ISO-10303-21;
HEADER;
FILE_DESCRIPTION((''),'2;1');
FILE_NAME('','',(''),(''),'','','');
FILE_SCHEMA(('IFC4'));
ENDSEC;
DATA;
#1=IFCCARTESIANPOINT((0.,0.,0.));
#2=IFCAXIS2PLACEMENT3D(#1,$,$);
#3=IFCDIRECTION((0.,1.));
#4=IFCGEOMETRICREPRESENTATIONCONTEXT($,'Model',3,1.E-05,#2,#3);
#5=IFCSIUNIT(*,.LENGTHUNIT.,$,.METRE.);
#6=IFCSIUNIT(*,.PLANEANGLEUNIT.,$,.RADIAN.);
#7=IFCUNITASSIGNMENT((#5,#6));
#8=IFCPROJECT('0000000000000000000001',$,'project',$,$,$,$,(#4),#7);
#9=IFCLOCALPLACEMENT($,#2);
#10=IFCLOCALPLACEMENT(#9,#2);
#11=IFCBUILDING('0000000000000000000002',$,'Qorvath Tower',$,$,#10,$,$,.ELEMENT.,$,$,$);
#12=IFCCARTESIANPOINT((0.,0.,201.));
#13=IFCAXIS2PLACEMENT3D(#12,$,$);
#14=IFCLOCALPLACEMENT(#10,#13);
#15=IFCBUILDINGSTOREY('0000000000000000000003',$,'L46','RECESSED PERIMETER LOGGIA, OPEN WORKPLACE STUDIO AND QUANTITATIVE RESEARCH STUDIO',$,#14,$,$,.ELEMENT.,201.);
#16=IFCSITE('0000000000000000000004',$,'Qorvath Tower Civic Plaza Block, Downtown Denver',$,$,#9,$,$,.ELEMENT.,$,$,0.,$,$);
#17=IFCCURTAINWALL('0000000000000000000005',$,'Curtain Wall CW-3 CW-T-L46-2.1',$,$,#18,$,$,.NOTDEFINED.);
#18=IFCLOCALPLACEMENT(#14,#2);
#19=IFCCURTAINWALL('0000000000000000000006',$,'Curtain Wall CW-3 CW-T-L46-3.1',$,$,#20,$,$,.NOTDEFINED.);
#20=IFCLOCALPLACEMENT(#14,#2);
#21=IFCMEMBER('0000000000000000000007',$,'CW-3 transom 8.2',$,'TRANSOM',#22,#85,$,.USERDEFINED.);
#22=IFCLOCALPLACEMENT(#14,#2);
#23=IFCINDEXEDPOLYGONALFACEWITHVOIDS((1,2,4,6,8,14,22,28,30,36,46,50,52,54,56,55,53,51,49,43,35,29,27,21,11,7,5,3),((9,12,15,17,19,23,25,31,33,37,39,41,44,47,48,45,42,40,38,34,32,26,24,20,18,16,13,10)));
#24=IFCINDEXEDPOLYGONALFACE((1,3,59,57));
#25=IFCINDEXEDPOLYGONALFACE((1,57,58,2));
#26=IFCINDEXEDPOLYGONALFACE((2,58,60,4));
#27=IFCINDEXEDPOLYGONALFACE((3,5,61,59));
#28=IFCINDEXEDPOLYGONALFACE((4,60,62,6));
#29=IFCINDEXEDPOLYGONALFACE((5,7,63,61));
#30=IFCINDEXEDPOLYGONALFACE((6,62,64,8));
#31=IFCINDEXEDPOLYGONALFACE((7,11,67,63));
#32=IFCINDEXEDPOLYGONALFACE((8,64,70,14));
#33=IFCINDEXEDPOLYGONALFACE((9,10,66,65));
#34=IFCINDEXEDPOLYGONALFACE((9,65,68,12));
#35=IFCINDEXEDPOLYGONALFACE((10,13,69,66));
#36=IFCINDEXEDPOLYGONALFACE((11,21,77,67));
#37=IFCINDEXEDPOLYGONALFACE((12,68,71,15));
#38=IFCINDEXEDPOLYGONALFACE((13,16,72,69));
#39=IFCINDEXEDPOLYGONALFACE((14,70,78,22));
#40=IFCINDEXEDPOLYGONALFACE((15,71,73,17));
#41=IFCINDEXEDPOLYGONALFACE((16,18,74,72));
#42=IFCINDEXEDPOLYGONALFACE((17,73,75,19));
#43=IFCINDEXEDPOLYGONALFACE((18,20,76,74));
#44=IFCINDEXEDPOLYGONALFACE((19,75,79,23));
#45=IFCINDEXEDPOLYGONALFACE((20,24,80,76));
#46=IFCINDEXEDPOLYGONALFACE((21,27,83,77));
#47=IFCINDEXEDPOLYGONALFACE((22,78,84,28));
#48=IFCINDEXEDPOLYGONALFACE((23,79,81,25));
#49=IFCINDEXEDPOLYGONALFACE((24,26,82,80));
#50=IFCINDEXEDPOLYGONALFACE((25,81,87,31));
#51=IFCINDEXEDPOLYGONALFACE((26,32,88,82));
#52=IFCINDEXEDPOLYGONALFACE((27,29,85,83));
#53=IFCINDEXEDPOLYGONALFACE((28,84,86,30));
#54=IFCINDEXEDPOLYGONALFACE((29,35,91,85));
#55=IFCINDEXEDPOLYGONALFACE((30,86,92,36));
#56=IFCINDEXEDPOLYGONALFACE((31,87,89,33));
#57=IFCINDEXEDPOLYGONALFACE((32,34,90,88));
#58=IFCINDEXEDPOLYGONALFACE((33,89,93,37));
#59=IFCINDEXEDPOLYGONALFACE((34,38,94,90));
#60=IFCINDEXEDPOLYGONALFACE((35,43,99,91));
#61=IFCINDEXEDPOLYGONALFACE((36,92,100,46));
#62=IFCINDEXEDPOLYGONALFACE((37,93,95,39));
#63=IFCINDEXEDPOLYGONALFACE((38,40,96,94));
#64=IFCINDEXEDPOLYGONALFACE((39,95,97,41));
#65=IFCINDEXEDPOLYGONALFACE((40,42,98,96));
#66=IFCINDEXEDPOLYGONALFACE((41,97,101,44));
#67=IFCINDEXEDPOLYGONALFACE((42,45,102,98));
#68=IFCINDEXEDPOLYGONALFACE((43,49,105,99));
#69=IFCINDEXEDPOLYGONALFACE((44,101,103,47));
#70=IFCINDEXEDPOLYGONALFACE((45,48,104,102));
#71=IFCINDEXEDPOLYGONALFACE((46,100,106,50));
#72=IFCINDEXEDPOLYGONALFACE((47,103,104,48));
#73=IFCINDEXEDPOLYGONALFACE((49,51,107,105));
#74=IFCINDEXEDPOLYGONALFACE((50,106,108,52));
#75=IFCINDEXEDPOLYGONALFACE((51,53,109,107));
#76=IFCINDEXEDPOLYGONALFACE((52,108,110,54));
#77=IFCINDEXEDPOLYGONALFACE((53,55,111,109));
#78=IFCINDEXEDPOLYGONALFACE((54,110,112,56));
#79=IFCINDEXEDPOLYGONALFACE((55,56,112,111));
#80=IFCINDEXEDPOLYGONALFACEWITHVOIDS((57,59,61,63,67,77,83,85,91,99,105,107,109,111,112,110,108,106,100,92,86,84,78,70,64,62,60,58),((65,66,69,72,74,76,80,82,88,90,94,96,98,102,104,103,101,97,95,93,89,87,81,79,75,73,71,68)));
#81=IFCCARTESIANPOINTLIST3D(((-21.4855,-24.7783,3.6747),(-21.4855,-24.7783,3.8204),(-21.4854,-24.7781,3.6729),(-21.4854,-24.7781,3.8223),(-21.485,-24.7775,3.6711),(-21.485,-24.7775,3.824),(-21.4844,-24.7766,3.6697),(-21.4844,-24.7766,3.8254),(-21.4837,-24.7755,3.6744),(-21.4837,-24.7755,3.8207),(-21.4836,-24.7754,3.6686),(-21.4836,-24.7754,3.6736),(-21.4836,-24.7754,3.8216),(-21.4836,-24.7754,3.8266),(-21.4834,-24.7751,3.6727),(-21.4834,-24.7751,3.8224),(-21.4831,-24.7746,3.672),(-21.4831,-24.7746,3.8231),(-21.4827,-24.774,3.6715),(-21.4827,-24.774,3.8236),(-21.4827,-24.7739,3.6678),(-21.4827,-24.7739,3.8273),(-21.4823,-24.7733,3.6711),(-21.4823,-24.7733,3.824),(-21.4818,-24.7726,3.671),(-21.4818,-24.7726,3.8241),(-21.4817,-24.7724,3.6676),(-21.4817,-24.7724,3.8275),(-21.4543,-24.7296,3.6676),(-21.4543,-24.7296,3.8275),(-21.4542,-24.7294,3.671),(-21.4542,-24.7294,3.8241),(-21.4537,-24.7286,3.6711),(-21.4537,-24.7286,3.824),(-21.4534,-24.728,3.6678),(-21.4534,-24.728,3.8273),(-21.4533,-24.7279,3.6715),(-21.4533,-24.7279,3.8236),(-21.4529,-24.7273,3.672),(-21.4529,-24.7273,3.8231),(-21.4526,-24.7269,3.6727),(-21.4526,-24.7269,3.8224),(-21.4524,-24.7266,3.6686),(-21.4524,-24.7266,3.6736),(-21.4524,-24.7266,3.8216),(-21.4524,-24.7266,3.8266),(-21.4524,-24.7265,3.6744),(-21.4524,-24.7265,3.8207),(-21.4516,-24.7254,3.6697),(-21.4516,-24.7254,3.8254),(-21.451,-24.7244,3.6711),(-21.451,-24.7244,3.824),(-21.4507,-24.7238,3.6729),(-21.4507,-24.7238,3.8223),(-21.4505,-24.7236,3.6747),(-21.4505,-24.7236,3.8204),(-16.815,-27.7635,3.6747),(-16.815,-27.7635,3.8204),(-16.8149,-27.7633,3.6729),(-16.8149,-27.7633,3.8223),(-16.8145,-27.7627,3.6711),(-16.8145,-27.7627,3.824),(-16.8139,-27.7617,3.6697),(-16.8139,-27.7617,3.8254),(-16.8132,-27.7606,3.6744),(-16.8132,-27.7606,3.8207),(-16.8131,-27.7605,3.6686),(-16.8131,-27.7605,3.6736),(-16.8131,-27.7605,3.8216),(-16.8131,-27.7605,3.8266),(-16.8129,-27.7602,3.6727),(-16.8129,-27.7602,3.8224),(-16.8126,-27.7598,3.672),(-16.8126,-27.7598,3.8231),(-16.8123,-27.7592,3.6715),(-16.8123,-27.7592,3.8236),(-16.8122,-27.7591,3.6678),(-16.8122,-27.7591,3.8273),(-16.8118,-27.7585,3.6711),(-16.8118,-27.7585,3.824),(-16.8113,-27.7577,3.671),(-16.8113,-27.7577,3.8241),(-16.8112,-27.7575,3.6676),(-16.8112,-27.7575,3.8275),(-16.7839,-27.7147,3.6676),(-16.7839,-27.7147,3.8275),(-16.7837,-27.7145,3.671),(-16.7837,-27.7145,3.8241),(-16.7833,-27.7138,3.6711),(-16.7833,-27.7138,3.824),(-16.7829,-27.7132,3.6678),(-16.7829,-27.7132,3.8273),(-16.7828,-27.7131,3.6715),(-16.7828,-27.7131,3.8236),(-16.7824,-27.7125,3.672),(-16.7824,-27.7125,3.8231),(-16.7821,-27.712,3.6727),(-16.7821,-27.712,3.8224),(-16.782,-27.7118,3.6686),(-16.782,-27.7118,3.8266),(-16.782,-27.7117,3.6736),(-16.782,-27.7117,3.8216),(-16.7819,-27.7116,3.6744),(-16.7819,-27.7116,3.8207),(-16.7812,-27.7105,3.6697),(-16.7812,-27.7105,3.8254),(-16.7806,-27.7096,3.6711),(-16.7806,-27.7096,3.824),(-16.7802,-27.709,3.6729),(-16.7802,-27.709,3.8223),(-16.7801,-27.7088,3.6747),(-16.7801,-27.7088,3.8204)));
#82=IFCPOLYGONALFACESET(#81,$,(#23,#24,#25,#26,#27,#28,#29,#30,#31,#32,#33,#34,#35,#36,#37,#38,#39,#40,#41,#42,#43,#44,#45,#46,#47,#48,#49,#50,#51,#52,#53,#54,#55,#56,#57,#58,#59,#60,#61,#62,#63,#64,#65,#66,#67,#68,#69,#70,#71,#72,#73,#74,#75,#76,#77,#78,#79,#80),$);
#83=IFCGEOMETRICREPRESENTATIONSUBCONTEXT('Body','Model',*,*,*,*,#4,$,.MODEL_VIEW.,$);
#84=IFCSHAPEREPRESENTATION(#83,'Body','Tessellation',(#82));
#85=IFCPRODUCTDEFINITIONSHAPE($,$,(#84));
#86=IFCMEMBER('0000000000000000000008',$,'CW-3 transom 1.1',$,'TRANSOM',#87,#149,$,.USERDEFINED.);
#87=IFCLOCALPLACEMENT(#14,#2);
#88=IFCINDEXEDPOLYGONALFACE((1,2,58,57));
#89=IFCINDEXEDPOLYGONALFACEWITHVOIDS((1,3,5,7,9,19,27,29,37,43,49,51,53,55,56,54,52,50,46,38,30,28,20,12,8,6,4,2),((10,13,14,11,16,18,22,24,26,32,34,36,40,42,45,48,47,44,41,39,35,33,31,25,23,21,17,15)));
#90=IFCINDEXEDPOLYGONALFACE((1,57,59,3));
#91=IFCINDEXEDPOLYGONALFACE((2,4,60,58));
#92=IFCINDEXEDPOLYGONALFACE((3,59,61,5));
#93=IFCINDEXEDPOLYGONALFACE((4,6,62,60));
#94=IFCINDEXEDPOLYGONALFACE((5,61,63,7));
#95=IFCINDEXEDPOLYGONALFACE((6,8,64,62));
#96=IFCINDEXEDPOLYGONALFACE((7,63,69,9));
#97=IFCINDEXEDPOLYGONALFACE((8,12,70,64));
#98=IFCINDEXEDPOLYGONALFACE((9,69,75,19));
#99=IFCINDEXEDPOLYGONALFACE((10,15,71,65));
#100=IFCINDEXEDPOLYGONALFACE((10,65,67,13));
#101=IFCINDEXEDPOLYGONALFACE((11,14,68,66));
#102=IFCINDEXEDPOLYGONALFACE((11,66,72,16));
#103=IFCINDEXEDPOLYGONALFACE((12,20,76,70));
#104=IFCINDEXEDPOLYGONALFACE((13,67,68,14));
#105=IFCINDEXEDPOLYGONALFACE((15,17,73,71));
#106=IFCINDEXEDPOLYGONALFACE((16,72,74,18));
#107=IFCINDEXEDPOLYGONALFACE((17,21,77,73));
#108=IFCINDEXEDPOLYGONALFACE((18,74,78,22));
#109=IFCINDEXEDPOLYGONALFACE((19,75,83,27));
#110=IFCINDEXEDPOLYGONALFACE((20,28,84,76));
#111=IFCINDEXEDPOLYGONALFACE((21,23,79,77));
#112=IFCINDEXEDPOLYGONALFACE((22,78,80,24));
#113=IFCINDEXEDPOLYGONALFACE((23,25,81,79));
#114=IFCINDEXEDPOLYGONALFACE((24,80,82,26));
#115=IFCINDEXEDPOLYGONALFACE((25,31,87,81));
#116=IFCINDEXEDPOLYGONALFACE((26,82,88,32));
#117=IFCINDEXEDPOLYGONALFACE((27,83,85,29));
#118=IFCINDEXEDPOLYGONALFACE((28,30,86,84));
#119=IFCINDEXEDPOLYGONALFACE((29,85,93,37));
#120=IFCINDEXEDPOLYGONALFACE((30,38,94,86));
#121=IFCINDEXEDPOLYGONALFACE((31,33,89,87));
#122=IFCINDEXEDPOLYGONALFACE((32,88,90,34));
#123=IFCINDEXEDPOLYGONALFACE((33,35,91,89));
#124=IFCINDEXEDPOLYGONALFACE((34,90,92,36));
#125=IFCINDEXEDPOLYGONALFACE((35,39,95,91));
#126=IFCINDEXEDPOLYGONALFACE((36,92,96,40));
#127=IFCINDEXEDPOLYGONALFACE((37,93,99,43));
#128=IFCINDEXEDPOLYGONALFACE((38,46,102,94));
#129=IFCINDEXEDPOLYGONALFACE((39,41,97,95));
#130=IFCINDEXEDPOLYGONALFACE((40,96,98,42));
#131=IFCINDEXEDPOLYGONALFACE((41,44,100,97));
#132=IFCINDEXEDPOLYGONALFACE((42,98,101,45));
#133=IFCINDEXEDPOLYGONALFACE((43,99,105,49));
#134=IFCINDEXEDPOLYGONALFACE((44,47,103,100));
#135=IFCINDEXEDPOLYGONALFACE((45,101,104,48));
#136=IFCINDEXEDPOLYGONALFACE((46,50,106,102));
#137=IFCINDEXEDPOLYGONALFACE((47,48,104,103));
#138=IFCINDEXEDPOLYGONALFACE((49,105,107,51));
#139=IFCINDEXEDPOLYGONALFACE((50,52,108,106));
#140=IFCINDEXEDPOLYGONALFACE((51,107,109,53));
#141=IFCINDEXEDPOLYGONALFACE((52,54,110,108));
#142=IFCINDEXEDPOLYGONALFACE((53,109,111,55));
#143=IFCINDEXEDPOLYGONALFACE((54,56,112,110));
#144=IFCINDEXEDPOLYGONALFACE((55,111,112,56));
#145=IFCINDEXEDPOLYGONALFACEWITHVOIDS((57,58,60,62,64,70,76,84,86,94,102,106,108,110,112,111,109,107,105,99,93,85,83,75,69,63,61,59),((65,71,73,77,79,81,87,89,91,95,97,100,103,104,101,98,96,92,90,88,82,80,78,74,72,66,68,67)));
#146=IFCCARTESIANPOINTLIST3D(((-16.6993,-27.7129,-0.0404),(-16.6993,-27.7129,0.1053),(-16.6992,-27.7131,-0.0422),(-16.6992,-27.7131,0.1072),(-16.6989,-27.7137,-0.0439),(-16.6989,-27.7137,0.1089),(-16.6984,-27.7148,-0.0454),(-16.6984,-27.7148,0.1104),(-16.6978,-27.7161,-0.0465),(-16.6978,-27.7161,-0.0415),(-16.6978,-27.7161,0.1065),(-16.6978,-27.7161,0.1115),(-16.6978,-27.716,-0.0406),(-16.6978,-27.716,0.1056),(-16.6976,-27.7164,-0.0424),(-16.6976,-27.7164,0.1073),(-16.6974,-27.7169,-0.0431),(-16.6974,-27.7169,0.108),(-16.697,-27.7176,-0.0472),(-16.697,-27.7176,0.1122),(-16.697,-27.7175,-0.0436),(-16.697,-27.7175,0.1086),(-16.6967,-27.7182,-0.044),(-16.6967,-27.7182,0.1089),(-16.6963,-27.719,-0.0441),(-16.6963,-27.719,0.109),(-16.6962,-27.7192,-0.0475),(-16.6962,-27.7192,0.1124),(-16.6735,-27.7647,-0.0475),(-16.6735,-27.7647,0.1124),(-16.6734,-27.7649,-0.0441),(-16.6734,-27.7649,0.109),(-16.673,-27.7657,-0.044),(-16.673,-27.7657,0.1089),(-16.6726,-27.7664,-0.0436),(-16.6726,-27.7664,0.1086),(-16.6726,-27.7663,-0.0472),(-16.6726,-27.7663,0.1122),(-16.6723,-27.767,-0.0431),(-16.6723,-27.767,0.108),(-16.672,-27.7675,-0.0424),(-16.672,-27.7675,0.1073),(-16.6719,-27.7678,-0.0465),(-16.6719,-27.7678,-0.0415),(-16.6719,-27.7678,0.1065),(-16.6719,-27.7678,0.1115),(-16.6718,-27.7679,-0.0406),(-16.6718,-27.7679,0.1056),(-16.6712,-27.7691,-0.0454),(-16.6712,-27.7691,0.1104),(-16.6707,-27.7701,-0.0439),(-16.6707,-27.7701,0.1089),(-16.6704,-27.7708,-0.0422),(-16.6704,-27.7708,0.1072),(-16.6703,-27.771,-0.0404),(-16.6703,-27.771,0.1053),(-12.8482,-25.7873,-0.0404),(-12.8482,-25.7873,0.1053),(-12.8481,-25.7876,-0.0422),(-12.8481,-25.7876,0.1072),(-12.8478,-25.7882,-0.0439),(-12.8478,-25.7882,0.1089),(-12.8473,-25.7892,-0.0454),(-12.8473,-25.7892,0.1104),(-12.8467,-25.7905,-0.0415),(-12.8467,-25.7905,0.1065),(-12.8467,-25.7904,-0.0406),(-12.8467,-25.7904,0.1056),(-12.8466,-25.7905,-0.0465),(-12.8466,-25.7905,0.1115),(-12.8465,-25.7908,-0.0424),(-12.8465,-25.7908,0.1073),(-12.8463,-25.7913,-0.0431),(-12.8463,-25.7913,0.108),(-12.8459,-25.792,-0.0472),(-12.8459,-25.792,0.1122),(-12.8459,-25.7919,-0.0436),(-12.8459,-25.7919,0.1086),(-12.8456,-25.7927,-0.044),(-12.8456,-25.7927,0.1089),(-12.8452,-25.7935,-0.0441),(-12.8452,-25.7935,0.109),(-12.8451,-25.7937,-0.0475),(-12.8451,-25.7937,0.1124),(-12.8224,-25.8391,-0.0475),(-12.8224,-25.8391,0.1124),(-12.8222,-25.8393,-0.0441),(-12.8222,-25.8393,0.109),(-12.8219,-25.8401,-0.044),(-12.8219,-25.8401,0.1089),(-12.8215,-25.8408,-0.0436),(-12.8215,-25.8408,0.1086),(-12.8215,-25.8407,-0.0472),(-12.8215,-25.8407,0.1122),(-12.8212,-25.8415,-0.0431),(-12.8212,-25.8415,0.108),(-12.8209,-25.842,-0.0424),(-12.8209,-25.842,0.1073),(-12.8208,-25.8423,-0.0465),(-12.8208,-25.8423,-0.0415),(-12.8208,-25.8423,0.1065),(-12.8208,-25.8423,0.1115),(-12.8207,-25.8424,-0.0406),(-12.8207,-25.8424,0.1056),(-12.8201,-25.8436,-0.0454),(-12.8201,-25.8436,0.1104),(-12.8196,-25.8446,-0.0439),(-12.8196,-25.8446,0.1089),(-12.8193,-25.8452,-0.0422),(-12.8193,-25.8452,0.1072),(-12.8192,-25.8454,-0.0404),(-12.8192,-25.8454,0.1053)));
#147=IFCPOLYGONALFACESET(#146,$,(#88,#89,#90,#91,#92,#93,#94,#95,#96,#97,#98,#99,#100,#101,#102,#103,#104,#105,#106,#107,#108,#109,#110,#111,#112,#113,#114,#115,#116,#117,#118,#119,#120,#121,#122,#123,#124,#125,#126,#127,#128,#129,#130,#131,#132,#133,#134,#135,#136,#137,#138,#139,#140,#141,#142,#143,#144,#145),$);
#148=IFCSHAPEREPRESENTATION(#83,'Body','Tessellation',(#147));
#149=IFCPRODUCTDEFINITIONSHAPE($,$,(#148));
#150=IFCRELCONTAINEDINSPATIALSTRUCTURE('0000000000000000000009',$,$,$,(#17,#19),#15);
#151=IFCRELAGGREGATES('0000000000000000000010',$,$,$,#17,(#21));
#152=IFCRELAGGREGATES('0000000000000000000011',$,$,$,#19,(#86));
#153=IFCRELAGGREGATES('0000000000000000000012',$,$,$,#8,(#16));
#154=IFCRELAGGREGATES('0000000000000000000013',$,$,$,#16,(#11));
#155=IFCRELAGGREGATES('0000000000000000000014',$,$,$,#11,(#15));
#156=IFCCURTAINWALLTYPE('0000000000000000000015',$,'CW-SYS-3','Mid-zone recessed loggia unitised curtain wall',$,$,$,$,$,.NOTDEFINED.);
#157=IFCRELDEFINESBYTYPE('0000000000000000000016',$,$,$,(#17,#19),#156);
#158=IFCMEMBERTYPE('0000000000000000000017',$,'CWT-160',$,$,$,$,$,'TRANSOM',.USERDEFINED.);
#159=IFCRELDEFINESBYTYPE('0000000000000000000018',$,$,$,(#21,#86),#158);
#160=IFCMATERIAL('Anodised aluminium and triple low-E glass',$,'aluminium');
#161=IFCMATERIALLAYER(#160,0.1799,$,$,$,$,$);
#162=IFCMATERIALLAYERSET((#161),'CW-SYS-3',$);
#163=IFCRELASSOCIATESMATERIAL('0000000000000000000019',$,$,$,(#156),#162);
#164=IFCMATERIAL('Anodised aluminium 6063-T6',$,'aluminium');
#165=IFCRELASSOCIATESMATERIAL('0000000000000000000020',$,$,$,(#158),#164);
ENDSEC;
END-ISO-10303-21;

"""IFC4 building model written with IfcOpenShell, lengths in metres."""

from ifc_helpers import new_model, si_unit, direction, frame, origin, origin_2d, place, context, subcontext, project, spatial, hollow_rectangle, extrude, material, layer, layer_set, material_profile, profile_set, type_object, element, aggregate, save


model = new_model("IFC4")

# Units and contexts
model_context = context("Model", 3, precision=1e-05, world=origin(), true_north=direction((0.0, 1.0)))
body_context = subcontext(model_context, "Body", "Model", "MODEL_VIEW")
ifc_project = project(units=[si_unit("LENGTHUNIT", "METRE"), si_unit("PLANEANGLEUNIT", "RADIAN")], contexts=[model_context])

# Site, building, storey
site_placement = place(None, origin())
site = spatial("IfcSite", under=ifc_project, at=site_placement, Name="Qorvath Tower Civic Plaza Block, Downtown Denver", CompositionType="ELEMENT", RefElevation=0.0)
building_placement = place(site_placement, origin())
building = spatial("IfcBuilding", under=site, at=building_placement, Name="Qorvath Tower", CompositionType="ELEMENT")
storey_placement = place(building_placement, frame((0.0, 0.0, 201.0)))
storey = spatial("IfcBuildingStorey", under=building, at=storey_placement, Name="L46", Description="RECESSED PERIMETER LOGGIA, OPEN WORKPLACE STUDIO AND QUANTITATIVE RESEARCH STUDIO", CompositionType="ELEMENT", Elevation=201.0)

# Curtain walls
ifc_material_1 = material(Name="Anodised aluminium and triple low-E glass", Category="aluminium")
ifc_layer_1 = layer(ifc_material_1, 0.1799)
ifc_layer_set_1 = layer_set([ifc_layer_1], Name="CW-SYS-3")
curtain_wall_type = type_object("IfcCurtainWallType", Name="CW-SYS-3", Description="Mid-zone recessed loggia unitised curtain wall", PredefinedType="NOTDEFINED", material=ifc_layer_set_1)
curtain_wall_1_placement = place(storey_placement, origin())
curtain_wall_1 = element("IfcCurtainWall", 1, at=curtain_wall_1_placement, inside=storey, type_object=curtain_wall_type, Name="Curtain Wall CW-3 CW-T-L46-2.1", PredefinedType="NOTDEFINED")
curtain_wall_2_placement = place(storey_placement, origin())
curtain_wall_2 = element("IfcCurtainWall", 2, at=curtain_wall_2_placement, inside=storey, type_object=curtain_wall_type, Name="Curtain Wall CW-3 CW-T-L46-3.1", PredefinedType="NOTDEFINED")

# Members
ifc_material_2 = material(Name="Anodised aluminium 6063-T6", Category="aluminium")
ifc_material_profile_1 = material_profile(ifc_material_2, hollow_rectangle(XDim=0.0649, YDim=0.1599, WallThickness=0.0034, InnerFilletRadius=0.0034, OuterFilletRadius=0.0071, at=origin_2d()), Name="CWT 160x65")
ifc_profile_set_1 = profile_set([ifc_material_profile_1], Name="Anodised aluminium 6063-T6")
member_type_1 = type_object("IfcMemberType", Name="CWT-160", ElementType="TRANSOM", PredefinedType="USERDEFINED", material=ifc_profile_set_1)
member_1_placement = place(storey_placement, frame((-21.468, -24.751, 3.7476), z_axis=(0.842595, -0.538547, 0.0), x_axis=(0.538547, 0.842595, 0.0)))
member_1 = element("IfcMember", 3, at=member_1_placement, type_object=member_type_1, Name="CW-3 transom 8.2", ObjectType="TRANSOM", PredefinedType="USERDEFINED", context=body_context, shape_type="SweptSolid", body=[
    extrude(hollow_rectangle(XDim=0.0649, YDim=0.1599, WallThickness=0.0034, InnerFilletRadius=0.0034, OuterFilletRadius=0.0071, at=origin_2d()), origin(), (0.0, 0.0, 1.0), 5.543),
])
member_2_placement = place(storey_placement, frame((-16.6848, -27.7419, 0.0325), z_axis=(0.894427, 0.447214, 0.0), x_axis=(-0.447214, 0.894427, 0.0)))
member_2 = element("IfcMember", 4, at=member_2_placement, type_object=member_type_1, Name="CW-3 transom 1.1", ObjectType="TRANSOM", PredefinedType="USERDEFINED", context=body_context, shape_type="SweptSolid", body=[
    extrude(hollow_rectangle(XDim=0.0649, YDim=0.1599, WallThickness=0.0034, InnerFilletRadius=0.0034, OuterFilletRadius=0.0071, at=origin_2d()), origin(), (0.0, 0.0, 1.0), 4.3057),
])

aggregate(curtain_wall_1, [member_1])
aggregate(curtain_wall_2, [member_2])

save(model, "model.ifc")
